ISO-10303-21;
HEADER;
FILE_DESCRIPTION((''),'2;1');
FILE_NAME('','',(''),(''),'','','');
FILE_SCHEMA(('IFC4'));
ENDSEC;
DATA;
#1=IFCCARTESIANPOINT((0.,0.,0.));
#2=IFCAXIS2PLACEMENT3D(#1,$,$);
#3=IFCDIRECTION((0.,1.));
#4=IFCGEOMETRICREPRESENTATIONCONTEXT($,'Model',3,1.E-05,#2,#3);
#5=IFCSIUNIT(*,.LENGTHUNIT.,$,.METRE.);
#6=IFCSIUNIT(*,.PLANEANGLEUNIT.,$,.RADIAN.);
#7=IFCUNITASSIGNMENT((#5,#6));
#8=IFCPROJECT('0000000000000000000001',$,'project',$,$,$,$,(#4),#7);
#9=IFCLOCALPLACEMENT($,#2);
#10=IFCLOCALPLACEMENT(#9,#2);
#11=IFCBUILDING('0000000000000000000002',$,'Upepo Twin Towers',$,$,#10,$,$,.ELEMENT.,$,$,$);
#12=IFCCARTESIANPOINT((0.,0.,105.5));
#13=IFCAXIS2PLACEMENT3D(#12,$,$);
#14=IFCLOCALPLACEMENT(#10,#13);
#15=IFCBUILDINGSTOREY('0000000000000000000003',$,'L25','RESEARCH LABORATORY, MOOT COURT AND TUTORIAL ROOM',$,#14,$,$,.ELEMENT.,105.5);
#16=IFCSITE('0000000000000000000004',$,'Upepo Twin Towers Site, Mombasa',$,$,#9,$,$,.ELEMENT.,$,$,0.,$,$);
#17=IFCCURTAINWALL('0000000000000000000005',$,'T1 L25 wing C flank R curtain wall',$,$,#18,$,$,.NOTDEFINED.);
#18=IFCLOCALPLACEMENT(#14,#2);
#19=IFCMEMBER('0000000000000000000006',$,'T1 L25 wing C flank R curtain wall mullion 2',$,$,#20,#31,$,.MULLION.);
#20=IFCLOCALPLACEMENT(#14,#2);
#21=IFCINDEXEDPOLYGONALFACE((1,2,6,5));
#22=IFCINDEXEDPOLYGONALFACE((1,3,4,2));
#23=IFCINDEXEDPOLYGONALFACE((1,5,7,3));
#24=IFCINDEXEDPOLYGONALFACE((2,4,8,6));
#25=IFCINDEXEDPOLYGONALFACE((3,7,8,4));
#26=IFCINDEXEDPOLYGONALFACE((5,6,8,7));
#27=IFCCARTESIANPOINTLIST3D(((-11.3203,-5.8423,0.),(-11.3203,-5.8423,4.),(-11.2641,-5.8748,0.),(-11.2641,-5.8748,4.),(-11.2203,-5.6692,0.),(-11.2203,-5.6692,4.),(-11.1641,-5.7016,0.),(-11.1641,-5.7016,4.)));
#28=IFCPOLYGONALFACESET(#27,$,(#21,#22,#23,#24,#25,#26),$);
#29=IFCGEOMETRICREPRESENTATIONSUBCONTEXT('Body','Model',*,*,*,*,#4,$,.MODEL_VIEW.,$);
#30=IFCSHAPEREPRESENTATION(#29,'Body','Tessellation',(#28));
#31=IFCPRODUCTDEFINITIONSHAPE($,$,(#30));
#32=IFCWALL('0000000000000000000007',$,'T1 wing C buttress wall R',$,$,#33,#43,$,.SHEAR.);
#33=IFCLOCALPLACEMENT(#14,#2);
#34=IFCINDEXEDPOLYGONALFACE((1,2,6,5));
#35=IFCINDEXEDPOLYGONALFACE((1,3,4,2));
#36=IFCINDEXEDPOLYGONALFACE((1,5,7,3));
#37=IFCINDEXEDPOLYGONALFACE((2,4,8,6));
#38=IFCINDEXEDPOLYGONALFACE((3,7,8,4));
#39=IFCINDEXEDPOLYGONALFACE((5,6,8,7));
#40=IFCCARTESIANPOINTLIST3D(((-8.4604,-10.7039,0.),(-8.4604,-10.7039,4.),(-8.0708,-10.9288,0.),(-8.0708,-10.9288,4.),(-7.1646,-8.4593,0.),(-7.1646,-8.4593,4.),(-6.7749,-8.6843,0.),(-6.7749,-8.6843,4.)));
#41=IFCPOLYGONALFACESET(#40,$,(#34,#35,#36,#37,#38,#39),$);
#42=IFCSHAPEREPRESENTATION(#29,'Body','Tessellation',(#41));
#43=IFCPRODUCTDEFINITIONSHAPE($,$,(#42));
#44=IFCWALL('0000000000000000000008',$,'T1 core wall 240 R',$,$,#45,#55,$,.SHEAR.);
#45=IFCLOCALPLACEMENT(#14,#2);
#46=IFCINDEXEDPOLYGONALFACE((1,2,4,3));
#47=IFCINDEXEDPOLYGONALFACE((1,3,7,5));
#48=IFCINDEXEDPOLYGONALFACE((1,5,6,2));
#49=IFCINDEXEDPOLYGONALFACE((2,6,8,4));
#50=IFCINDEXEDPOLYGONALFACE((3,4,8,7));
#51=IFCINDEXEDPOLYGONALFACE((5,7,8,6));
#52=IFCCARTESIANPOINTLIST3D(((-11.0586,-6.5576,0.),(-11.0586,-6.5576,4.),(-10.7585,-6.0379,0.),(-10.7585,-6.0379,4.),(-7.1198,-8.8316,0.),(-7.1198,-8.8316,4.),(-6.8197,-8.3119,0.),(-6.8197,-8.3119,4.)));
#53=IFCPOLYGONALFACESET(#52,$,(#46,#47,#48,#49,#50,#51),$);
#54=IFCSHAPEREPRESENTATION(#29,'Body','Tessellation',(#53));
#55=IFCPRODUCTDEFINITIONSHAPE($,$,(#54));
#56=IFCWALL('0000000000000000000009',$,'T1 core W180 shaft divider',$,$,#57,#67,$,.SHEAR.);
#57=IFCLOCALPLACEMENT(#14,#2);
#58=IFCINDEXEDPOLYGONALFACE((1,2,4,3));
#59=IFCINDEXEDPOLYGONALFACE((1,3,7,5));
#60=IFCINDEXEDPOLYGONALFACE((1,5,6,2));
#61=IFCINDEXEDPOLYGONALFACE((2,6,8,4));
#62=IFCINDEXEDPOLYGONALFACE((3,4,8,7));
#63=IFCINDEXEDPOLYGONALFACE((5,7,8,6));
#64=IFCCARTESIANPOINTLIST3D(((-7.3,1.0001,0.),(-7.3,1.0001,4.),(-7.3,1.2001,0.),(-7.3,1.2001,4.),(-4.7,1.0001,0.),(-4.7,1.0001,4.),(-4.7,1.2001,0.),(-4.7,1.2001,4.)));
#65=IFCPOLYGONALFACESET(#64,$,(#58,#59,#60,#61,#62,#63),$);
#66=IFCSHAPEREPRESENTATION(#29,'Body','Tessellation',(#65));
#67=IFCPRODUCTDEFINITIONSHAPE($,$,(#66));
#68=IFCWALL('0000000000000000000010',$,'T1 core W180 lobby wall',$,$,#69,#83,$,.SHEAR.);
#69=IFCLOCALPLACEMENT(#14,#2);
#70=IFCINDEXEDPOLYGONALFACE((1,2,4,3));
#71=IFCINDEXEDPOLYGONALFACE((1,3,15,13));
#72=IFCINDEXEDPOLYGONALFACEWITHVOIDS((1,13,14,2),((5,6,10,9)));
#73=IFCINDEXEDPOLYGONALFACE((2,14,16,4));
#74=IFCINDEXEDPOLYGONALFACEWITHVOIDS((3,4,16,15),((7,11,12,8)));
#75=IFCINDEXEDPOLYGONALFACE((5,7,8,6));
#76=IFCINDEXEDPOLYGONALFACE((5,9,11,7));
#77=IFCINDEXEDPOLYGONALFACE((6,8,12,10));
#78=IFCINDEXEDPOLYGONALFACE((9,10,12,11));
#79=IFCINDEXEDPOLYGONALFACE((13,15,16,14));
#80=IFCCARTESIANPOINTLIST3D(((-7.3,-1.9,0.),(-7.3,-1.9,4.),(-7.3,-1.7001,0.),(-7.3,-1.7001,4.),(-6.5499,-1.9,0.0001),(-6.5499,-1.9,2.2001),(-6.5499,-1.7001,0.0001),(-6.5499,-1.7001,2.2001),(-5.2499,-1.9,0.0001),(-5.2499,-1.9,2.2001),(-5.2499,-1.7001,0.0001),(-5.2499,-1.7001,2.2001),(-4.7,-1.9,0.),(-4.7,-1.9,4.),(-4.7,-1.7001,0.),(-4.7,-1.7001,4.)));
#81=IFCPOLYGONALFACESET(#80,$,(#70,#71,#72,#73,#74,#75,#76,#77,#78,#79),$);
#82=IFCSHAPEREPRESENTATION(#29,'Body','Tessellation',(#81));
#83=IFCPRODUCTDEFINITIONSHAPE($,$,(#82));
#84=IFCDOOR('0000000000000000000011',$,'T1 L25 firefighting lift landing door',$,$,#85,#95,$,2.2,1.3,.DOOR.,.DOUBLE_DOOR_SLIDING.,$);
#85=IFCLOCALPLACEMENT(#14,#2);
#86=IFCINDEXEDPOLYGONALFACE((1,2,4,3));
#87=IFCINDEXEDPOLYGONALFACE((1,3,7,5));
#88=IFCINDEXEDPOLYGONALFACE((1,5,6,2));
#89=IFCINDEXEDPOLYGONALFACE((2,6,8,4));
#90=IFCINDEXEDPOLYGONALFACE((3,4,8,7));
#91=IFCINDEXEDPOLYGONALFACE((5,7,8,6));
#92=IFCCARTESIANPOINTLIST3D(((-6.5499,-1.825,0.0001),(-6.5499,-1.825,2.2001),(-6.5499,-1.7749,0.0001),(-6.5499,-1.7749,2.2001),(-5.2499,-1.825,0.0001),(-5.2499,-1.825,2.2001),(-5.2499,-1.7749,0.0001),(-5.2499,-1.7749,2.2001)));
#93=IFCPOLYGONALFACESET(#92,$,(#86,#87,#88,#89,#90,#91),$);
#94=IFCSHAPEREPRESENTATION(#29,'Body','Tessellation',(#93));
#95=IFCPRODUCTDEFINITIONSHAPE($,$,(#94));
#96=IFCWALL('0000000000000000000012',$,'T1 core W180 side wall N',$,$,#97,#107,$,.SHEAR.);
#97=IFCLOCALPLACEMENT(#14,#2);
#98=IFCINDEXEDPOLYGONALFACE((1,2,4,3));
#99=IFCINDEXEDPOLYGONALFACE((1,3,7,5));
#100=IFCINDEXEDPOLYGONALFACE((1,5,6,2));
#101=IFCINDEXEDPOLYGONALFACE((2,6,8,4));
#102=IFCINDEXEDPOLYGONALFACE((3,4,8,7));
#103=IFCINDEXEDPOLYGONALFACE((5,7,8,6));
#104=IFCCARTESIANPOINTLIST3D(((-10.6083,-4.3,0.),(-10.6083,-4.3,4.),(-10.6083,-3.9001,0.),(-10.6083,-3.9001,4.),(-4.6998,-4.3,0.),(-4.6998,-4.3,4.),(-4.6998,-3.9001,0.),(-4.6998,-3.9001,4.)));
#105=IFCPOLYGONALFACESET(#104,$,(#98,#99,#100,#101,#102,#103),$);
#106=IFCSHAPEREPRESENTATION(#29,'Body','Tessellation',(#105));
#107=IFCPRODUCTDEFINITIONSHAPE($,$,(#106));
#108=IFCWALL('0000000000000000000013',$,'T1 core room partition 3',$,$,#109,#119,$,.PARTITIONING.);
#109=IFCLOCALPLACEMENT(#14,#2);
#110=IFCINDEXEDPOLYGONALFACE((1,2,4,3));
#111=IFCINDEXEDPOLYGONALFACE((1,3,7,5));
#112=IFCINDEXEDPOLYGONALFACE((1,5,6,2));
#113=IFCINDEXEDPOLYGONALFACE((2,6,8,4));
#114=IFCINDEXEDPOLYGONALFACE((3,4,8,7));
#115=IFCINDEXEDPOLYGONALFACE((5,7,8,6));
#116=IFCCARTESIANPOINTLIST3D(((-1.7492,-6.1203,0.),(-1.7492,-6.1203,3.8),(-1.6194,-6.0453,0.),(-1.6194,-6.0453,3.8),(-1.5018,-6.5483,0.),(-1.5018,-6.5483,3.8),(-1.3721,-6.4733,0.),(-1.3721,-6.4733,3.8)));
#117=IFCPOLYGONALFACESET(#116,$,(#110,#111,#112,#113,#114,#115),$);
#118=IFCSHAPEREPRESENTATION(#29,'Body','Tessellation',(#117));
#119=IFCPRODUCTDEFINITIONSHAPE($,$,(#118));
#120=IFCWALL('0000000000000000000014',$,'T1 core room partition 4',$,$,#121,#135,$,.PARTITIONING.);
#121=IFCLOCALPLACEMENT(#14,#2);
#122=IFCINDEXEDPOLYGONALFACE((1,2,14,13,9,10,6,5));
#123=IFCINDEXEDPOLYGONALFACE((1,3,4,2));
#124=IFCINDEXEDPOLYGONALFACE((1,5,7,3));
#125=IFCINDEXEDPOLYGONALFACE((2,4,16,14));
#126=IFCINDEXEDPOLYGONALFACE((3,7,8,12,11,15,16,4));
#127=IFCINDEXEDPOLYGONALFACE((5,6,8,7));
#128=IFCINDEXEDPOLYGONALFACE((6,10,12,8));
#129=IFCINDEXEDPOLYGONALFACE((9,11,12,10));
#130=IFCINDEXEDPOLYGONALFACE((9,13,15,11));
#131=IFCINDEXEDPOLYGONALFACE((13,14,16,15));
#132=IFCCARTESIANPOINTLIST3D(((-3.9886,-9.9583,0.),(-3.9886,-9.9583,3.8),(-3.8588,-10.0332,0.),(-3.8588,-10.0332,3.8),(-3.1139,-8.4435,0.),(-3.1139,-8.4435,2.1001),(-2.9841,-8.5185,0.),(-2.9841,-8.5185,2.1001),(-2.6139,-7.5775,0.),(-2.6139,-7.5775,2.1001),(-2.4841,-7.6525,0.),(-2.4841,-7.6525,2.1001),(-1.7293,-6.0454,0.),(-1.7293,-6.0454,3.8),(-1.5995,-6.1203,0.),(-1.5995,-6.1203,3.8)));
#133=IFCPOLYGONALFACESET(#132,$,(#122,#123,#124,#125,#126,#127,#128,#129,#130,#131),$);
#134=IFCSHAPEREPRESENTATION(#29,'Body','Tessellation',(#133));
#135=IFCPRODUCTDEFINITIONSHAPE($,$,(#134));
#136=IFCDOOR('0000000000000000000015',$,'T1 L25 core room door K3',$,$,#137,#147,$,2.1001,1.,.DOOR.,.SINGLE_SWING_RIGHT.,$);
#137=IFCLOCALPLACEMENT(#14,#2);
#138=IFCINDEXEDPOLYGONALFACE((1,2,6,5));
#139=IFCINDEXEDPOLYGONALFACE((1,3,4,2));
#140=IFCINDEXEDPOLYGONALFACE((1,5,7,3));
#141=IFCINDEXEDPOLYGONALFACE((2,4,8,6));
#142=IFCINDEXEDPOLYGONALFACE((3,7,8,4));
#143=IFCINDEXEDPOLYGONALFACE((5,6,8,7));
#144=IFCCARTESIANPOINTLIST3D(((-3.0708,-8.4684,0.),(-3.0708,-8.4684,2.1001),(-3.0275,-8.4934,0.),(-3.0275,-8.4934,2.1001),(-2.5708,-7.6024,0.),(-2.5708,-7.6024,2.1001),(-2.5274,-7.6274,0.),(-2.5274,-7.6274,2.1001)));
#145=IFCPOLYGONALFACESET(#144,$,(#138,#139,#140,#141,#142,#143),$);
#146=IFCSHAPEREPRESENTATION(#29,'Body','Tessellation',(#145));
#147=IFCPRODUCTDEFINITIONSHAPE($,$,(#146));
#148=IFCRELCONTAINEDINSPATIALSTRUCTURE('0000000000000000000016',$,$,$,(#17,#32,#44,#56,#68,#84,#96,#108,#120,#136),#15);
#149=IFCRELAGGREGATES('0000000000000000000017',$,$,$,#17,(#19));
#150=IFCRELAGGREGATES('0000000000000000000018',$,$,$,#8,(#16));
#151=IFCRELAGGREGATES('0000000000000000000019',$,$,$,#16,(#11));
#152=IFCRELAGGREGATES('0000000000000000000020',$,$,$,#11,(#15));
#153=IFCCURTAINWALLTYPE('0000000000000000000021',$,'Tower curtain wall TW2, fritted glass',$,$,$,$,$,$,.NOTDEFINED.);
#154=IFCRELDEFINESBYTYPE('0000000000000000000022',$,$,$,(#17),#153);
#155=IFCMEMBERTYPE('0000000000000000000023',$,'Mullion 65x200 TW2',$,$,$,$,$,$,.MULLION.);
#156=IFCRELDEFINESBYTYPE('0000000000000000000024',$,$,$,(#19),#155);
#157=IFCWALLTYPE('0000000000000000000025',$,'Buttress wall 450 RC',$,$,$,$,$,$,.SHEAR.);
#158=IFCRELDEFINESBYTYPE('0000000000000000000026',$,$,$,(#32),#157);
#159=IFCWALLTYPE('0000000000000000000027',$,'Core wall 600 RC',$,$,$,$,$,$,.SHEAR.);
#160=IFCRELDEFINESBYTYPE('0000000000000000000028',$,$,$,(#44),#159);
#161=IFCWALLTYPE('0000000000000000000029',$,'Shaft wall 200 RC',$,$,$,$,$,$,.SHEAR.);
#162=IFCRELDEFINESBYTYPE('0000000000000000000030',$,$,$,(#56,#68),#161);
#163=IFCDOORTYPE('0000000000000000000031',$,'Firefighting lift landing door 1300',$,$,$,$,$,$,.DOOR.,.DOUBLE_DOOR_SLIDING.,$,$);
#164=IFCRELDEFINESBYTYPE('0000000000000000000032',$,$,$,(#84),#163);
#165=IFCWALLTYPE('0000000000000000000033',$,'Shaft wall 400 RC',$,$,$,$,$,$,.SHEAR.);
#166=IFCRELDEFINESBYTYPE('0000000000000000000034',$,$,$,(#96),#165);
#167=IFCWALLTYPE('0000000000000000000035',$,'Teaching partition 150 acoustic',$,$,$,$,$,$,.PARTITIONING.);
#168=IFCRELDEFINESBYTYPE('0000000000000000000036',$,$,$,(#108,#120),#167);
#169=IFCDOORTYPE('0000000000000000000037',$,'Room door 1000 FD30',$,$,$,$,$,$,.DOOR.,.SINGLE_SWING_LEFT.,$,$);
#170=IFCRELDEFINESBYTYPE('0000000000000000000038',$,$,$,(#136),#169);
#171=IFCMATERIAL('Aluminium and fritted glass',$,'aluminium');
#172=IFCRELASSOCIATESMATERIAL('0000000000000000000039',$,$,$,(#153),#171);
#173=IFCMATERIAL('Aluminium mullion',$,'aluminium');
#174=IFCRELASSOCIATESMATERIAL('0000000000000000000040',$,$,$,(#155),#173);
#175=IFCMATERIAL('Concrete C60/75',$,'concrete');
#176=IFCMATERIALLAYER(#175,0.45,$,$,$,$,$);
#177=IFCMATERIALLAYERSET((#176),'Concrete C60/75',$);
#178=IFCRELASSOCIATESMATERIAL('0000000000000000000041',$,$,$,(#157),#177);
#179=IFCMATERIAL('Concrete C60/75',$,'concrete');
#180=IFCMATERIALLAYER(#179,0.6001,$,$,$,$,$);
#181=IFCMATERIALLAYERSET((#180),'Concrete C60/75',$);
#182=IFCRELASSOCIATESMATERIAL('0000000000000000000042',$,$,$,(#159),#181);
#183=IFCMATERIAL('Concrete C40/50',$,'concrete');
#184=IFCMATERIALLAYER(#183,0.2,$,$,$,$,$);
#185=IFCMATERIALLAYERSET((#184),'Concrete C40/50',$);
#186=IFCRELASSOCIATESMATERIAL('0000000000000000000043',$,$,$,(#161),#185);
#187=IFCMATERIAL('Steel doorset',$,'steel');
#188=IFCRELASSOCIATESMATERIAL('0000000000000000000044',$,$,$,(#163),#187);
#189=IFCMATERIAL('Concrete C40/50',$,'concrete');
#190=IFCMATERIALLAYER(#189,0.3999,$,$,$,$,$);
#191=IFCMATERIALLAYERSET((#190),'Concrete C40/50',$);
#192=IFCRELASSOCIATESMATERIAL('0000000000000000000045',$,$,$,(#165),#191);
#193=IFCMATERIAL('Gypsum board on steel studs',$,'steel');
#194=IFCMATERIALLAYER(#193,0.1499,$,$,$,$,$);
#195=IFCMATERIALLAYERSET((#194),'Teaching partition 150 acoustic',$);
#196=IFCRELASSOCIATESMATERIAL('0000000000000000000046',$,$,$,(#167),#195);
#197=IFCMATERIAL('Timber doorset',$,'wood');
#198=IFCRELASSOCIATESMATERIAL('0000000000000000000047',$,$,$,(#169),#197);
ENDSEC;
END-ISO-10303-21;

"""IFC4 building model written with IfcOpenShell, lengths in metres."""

from ifc_helpers import new_model, si_unit, direction, frame, frame_2d, origin, origin_2d, place, context, subcontext, project, spatial, rectangle, extrude, material, layer, layer_set, material_profile, profile_set, type_object, element, fill, aggregate, save


model = new_model("IFC4")

# Units and contexts
model_context = context("Model", 3, precision=1e-05, world=origin(), true_north=direction((0.0, 1.0)))
body_context = subcontext(model_context, "Body", "Model", "MODEL_VIEW")
ifc_project = project(units=[si_unit("LENGTHUNIT", "METRE"), si_unit("PLANEANGLEUNIT", "RADIAN")], contexts=[model_context])

# Site, building, storey
site_placement = place(None, origin())
site = spatial("IfcSite", under=ifc_project, at=site_placement, Name="Upepo Twin Towers Site, Mombasa", CompositionType="ELEMENT", RefElevation=0.0)
building_placement = place(site_placement, origin())
building = spatial("IfcBuilding", under=site, at=building_placement, Name="Upepo Twin Towers", CompositionType="ELEMENT")
storey_placement = place(building_placement, frame((0.0, 0.0, 105.5)))
storey = spatial("IfcBuildingStorey", under=building, at=storey_placement, Name="L25", Description="RESEARCH LABORATORY, MOOT COURT AND TUTORIAL ROOM", CompositionType="ELEMENT", Elevation=105.5)

# Curtain wall, member
ifc_material_1 = material(Name="Aluminium and fritted glass", Category="aluminium")
curtain_wall_type = type_object("IfcCurtainWallType", Name="Tower curtain wall TW2, fritted glass", PredefinedType="NOTDEFINED", material=ifc_material_1)
curtain_wall_placement = place(storey_placement, origin())
curtain_wall = element("IfcCurtainWall", 1, at=curtain_wall_placement, inside=storey, type_object=curtain_wall_type, Name="T1 L25 wing C flank R curtain wall", PredefinedType="NOTDEFINED")
ifc_material_2 = material(Name="Aluminium mullion", Category="aluminium")
ifc_material_profile = material_profile(ifc_material_2, rectangle(XDim=0.0649, YDim=0.2, at=origin_2d()), Name="MULLION 65x200")
ifc_profile_set = profile_set([ifc_material_profile], Name="Aluminium mullion")
member_type = type_object("IfcMemberType", Name="Mullion 65x200 TW2", PredefinedType="MULLION", material=ifc_profile_set)
member_placement = place(storey_placement, frame((-11.2422, -5.772, 0.0), z_axis=(0.0, 0.0, 1.0), x_axis=(-0.866025, 0.5, 0.0)))
member = element("IfcMember", 2, at=member_placement, type_object=member_type, Name="T1 L25 wing C flank R curtain wall mullion 2", PredefinedType="MULLION", context=body_context, shape_type="SweptSolid", body=[
    extrude(rectangle(XDim=0.0649, YDim=0.2, at=origin_2d()), origin(), (0.0, 0.0, 1.0), 4.0),
])
aggregate(curtain_wall, [member])

# Walls
ifc_material_3 = material(Name="Concrete C60/75", Category="concrete")
ifc_layer_1 = layer(ifc_material_3, 0.45)
ifc_layer_set_1 = layer_set([ifc_layer_1], Name="Concrete C60/75")
wall_type_1 = type_object("IfcWallType", Name="Buttress wall 450 RC", PredefinedType="SHEAR", material=ifc_layer_set_1)
wall_1_placement = place(storey_placement, frame((-6.9697, -8.5718, 0.0), z_axis=(0.0, 0.0, 1.0), x_axis=(-0.499989, -0.866032, 0.0)))
element("IfcWall", 3, at=wall_1_placement, inside=storey, type_object=wall_type_1, Name="T1 wing C buttress wall R", PredefinedType="SHEAR", context=body_context, shape_type="SweptSolid", body=[
    extrude(rectangle(XDim=2.5918, YDim=0.45, at=frame_2d((1.2959, 0.0))), origin(), (0.0, 0.0, 1.0), 4.0),
])
ifc_material_4 = material(Name="Concrete C60/75", Category="concrete")
ifc_layer_2 = layer(ifc_material_4, 0.6001)
ifc_layer_set_2 = layer_set([ifc_layer_2], Name="Concrete C60/75")
wall_type_2 = type_object("IfcWallType", Name="Core wall 600 RC", PredefinedType="SHEAR", material=ifc_layer_set_2)
wall_2_placement = place(storey_placement, frame((-10.9084, -6.2979, 0.0), z_axis=(0.0, 0.0, 1.0), x_axis=(0.866035, -0.499984, 0.0)))
element("IfcWall", 4, at=wall_2_placement, inside=storey, type_object=wall_type_2, Name="T1 core wall 240 R", PredefinedType="SHEAR", context=body_context, shape_type="SweptSolid", body=[
    extrude(rectangle(XDim=4.5481, YDim=0.6001, at=frame_2d((2.2739, 0.0))), origin(), (0.0, 0.0, 1.0), 4.0),
])
ifc_material_5 = material(Name="Concrete C40/50", Category="concrete")
ifc_layer_3 = layer(ifc_material_5, 0.2)
ifc_layer_set_3 = layer_set([ifc_layer_3], Name="Concrete C40/50")
wall_type_3 = type_object("IfcWallType", Name="Shaft wall 200 RC", PredefinedType="SHEAR", material=ifc_layer_set_3)
wall_3_placement = place(storey_placement, frame((-4.7, 1.1001, 0.0), z_axis=(0.0, 0.0, 1.0), x_axis=(-1.0, 0.0, 0.0)))
element("IfcWall", 5, at=wall_3_placement, inside=storey, type_object=wall_type_3, Name="T1 core W180 shaft divider", PredefinedType="SHEAR", context=body_context, shape_type="SweptSolid", body=[
    extrude(rectangle(XDim=2.6001, YDim=0.2, at=frame_2d((1.3, 0.0))), origin(), (0.0, 0.0, 1.0), 4.0),
])

# Wall, opening, door
wall_4_placement = place(storey_placement, frame((-4.7, -1.8, 0.0), z_axis=(0.0, 0.0, 1.0), x_axis=(-1.0, 0.0, 0.0)))
wall_4 = element("IfcWall", 6, at=wall_4_placement, inside=storey, type_object=wall_type_3, Name="T1 core W180 lobby wall", PredefinedType="SHEAR", context=body_context, shape_type="SweptSolid", body=[
    extrude(rectangle(XDim=2.6001, YDim=0.2, at=frame_2d((1.3, 0.0))), origin(), (0.0, 0.0, 1.0), 4.0),
])
opening_1_placement = place(wall_4_placement, frame((0.55, 0.0, 0.0)))
opening_1 = element("IfcOpeningElement", 7, at=opening_1_placement, cuts=wall_4, PredefinedType="OPENING", context=body_context, shape_type="SweptSolid", body=[
    extrude(rectangle(XDim=1.3, YDim=2.2, at=frame_2d((0.6499, 1.1001))), frame((0.0, 0.1099, 0.0), z_axis=(0.0, -1.0, 0.0), x_axis=(1.0, 0.0, 0.0)), (0.0, 0.0, 1.0), 0.22),
])
ifc_material_6 = material(Name="Steel doorset", Category="steel")
door_type_1 = type_object("IfcDoorType", Name="Firefighting lift landing door 1300", OperationType="DOUBLE_DOOR_SLIDING", PredefinedType="DOOR", material=ifc_material_6)
door_1_placement = place(opening_1_placement, origin())
door_1 = element("IfcDoor", 8, at=door_1_placement, inside=storey, type_object=door_type_1, Name="T1 L25 firefighting lift landing door", OperationType="DOUBLE_DOOR_SLIDING", OverallHeight=2.2, OverallWidth=1.3, PredefinedType="DOOR", context=body_context, shape_type="SweptSolid", body=[
    extrude(rectangle(XDim=1.3, YDim=2.2, at=frame_2d((0.6499, 1.1001))), frame((0.0, 0.0249, 0.0), z_axis=(0.0, -1.0, 0.0), x_axis=(1.0, 0.0, 0.0)), (0.0, 0.0, 1.0), 0.05),
])
fill(opening_1, door_1)

# Walls
ifc_material_7 = material(Name="Concrete C40/50", Category="concrete")
ifc_layer_4 = layer(ifc_material_7, 0.3999)
ifc_layer_set_4 = layer_set([ifc_layer_4], Name="Concrete C40/50")
wall_type_4 = type_object("IfcWallType", Name="Shaft wall 400 RC", PredefinedType="SHEAR", material=ifc_layer_set_4)
wall_5_placement = place(storey_placement, frame((-4.7, -4.1001, 0.0), z_axis=(0.0, 0.0, 1.0), x_axis=(-1.0, 0.0, 0.0)))
element("IfcWall", 9, at=wall_5_placement, inside=storey, type_object=wall_type_4, Name="T1 core W180 side wall N", PredefinedType="SHEAR", context=body_context, shape_type="SweptSolid", body=[
    extrude(rectangle(XDim=5.9084, YDim=0.3999, at=frame_2d((2.9541, 0.0))), origin(), (0.0, 0.0, 1.0), 4.0),
])
ifc_material_8 = material(Name="Gypsum board on steel studs", Category="steel")
ifc_layer_5 = layer(ifc_material_8, 0.1499)
ifc_layer_set_5 = layer_set([ifc_layer_5], Name="Teaching partition 150 acoustic")
wall_type_5 = type_object("IfcWallType", Name="Teaching partition 150 acoustic", PredefinedType="PARTITIONING", material=ifc_layer_set_5)
wall_6_placement = place(storey_placement, frame((-1.437, -6.5107, 0.0), z_axis=(0.0, 0.0, 1.0), x_axis=(-0.500335, 0.865832, 0.0)))
element("IfcWall", 10, at=wall_6_placement, inside=storey, type_object=wall_type_5, Name="T1 core room partition 3", PredefinedType="PARTITIONING", context=body_context, shape_type="SweptSolid", body=[
    extrude(rectangle(XDim=0.4944, YDim=0.1499, at=frame_2d((0.2471, 0.0))), origin(), (0.0, 0.0, 1.0), 3.8),
])

# Wall, opening, door
wall_7_placement = place(storey_placement, frame((-1.6643, -6.0828, 0.0), z_axis=(0.0, 0.0, 1.0), x_axis=(-0.500033, -0.866007, 0.0)))
wall_7 = element("IfcWall", 11, at=wall_7_placement, inside=storey, type_object=wall_type_5, Name="T1 core room partition 4", PredefinedType="PARTITIONING", context=body_context, shape_type="SweptSolid", body=[
    extrude(rectangle(XDim=4.5183, YDim=0.1499, at=frame_2d((2.2593, 0.0))), origin(), (0.0, 0.0, 1.0), 3.8),
])
opening_2_placement = place(wall_7_placement, frame((1.7693, 0.0, 0.0)))
opening_2 = element("IfcOpeningElement", 12, at=opening_2_placement, cuts=wall_7, PredefinedType="OPENING", context=body_context, shape_type="SweptSolid", body=[
    extrude(rectangle(XDim=1.0, YDim=2.1001, at=frame_2d((0.5, 1.05))), frame((0.0, 0.085, 0.0), z_axis=(0.0, -1.0, 0.0), x_axis=(1.0, 0.0, 0.0)), (0.0, 0.0, 1.0), 0.1699),
])
ifc_material_9 = material(Name="Timber doorset", Category="wood")
door_type_2 = type_object("IfcDoorType", Name="Room door 1000 FD30", OperationType="SINGLE_SWING_LEFT", PredefinedType="DOOR", material=ifc_material_9)
door_2_placement = place(opening_2_placement, origin())
door_2 = element("IfcDoor", 13, at=door_2_placement, inside=storey, type_object=door_type_2, Name="T1 L25 core room door K3", OperationType="SINGLE_SWING_RIGHT", OverallHeight=2.1001, OverallWidth=1.0, PredefinedType="DOOR", context=body_context, shape_type="SweptSolid", body=[
    extrude(rectangle(XDim=1.0, YDim=2.1001, at=frame_2d((0.5, 1.05))), frame((0.0, 0.0249, 0.0), z_axis=(0.0, -1.0, 0.0), x_axis=(1.0, 0.0, 0.0)), (0.0, 0.0, 1.0), 0.05),
])
fill(opening_2, door_2)

save(model, "model.ifc")
